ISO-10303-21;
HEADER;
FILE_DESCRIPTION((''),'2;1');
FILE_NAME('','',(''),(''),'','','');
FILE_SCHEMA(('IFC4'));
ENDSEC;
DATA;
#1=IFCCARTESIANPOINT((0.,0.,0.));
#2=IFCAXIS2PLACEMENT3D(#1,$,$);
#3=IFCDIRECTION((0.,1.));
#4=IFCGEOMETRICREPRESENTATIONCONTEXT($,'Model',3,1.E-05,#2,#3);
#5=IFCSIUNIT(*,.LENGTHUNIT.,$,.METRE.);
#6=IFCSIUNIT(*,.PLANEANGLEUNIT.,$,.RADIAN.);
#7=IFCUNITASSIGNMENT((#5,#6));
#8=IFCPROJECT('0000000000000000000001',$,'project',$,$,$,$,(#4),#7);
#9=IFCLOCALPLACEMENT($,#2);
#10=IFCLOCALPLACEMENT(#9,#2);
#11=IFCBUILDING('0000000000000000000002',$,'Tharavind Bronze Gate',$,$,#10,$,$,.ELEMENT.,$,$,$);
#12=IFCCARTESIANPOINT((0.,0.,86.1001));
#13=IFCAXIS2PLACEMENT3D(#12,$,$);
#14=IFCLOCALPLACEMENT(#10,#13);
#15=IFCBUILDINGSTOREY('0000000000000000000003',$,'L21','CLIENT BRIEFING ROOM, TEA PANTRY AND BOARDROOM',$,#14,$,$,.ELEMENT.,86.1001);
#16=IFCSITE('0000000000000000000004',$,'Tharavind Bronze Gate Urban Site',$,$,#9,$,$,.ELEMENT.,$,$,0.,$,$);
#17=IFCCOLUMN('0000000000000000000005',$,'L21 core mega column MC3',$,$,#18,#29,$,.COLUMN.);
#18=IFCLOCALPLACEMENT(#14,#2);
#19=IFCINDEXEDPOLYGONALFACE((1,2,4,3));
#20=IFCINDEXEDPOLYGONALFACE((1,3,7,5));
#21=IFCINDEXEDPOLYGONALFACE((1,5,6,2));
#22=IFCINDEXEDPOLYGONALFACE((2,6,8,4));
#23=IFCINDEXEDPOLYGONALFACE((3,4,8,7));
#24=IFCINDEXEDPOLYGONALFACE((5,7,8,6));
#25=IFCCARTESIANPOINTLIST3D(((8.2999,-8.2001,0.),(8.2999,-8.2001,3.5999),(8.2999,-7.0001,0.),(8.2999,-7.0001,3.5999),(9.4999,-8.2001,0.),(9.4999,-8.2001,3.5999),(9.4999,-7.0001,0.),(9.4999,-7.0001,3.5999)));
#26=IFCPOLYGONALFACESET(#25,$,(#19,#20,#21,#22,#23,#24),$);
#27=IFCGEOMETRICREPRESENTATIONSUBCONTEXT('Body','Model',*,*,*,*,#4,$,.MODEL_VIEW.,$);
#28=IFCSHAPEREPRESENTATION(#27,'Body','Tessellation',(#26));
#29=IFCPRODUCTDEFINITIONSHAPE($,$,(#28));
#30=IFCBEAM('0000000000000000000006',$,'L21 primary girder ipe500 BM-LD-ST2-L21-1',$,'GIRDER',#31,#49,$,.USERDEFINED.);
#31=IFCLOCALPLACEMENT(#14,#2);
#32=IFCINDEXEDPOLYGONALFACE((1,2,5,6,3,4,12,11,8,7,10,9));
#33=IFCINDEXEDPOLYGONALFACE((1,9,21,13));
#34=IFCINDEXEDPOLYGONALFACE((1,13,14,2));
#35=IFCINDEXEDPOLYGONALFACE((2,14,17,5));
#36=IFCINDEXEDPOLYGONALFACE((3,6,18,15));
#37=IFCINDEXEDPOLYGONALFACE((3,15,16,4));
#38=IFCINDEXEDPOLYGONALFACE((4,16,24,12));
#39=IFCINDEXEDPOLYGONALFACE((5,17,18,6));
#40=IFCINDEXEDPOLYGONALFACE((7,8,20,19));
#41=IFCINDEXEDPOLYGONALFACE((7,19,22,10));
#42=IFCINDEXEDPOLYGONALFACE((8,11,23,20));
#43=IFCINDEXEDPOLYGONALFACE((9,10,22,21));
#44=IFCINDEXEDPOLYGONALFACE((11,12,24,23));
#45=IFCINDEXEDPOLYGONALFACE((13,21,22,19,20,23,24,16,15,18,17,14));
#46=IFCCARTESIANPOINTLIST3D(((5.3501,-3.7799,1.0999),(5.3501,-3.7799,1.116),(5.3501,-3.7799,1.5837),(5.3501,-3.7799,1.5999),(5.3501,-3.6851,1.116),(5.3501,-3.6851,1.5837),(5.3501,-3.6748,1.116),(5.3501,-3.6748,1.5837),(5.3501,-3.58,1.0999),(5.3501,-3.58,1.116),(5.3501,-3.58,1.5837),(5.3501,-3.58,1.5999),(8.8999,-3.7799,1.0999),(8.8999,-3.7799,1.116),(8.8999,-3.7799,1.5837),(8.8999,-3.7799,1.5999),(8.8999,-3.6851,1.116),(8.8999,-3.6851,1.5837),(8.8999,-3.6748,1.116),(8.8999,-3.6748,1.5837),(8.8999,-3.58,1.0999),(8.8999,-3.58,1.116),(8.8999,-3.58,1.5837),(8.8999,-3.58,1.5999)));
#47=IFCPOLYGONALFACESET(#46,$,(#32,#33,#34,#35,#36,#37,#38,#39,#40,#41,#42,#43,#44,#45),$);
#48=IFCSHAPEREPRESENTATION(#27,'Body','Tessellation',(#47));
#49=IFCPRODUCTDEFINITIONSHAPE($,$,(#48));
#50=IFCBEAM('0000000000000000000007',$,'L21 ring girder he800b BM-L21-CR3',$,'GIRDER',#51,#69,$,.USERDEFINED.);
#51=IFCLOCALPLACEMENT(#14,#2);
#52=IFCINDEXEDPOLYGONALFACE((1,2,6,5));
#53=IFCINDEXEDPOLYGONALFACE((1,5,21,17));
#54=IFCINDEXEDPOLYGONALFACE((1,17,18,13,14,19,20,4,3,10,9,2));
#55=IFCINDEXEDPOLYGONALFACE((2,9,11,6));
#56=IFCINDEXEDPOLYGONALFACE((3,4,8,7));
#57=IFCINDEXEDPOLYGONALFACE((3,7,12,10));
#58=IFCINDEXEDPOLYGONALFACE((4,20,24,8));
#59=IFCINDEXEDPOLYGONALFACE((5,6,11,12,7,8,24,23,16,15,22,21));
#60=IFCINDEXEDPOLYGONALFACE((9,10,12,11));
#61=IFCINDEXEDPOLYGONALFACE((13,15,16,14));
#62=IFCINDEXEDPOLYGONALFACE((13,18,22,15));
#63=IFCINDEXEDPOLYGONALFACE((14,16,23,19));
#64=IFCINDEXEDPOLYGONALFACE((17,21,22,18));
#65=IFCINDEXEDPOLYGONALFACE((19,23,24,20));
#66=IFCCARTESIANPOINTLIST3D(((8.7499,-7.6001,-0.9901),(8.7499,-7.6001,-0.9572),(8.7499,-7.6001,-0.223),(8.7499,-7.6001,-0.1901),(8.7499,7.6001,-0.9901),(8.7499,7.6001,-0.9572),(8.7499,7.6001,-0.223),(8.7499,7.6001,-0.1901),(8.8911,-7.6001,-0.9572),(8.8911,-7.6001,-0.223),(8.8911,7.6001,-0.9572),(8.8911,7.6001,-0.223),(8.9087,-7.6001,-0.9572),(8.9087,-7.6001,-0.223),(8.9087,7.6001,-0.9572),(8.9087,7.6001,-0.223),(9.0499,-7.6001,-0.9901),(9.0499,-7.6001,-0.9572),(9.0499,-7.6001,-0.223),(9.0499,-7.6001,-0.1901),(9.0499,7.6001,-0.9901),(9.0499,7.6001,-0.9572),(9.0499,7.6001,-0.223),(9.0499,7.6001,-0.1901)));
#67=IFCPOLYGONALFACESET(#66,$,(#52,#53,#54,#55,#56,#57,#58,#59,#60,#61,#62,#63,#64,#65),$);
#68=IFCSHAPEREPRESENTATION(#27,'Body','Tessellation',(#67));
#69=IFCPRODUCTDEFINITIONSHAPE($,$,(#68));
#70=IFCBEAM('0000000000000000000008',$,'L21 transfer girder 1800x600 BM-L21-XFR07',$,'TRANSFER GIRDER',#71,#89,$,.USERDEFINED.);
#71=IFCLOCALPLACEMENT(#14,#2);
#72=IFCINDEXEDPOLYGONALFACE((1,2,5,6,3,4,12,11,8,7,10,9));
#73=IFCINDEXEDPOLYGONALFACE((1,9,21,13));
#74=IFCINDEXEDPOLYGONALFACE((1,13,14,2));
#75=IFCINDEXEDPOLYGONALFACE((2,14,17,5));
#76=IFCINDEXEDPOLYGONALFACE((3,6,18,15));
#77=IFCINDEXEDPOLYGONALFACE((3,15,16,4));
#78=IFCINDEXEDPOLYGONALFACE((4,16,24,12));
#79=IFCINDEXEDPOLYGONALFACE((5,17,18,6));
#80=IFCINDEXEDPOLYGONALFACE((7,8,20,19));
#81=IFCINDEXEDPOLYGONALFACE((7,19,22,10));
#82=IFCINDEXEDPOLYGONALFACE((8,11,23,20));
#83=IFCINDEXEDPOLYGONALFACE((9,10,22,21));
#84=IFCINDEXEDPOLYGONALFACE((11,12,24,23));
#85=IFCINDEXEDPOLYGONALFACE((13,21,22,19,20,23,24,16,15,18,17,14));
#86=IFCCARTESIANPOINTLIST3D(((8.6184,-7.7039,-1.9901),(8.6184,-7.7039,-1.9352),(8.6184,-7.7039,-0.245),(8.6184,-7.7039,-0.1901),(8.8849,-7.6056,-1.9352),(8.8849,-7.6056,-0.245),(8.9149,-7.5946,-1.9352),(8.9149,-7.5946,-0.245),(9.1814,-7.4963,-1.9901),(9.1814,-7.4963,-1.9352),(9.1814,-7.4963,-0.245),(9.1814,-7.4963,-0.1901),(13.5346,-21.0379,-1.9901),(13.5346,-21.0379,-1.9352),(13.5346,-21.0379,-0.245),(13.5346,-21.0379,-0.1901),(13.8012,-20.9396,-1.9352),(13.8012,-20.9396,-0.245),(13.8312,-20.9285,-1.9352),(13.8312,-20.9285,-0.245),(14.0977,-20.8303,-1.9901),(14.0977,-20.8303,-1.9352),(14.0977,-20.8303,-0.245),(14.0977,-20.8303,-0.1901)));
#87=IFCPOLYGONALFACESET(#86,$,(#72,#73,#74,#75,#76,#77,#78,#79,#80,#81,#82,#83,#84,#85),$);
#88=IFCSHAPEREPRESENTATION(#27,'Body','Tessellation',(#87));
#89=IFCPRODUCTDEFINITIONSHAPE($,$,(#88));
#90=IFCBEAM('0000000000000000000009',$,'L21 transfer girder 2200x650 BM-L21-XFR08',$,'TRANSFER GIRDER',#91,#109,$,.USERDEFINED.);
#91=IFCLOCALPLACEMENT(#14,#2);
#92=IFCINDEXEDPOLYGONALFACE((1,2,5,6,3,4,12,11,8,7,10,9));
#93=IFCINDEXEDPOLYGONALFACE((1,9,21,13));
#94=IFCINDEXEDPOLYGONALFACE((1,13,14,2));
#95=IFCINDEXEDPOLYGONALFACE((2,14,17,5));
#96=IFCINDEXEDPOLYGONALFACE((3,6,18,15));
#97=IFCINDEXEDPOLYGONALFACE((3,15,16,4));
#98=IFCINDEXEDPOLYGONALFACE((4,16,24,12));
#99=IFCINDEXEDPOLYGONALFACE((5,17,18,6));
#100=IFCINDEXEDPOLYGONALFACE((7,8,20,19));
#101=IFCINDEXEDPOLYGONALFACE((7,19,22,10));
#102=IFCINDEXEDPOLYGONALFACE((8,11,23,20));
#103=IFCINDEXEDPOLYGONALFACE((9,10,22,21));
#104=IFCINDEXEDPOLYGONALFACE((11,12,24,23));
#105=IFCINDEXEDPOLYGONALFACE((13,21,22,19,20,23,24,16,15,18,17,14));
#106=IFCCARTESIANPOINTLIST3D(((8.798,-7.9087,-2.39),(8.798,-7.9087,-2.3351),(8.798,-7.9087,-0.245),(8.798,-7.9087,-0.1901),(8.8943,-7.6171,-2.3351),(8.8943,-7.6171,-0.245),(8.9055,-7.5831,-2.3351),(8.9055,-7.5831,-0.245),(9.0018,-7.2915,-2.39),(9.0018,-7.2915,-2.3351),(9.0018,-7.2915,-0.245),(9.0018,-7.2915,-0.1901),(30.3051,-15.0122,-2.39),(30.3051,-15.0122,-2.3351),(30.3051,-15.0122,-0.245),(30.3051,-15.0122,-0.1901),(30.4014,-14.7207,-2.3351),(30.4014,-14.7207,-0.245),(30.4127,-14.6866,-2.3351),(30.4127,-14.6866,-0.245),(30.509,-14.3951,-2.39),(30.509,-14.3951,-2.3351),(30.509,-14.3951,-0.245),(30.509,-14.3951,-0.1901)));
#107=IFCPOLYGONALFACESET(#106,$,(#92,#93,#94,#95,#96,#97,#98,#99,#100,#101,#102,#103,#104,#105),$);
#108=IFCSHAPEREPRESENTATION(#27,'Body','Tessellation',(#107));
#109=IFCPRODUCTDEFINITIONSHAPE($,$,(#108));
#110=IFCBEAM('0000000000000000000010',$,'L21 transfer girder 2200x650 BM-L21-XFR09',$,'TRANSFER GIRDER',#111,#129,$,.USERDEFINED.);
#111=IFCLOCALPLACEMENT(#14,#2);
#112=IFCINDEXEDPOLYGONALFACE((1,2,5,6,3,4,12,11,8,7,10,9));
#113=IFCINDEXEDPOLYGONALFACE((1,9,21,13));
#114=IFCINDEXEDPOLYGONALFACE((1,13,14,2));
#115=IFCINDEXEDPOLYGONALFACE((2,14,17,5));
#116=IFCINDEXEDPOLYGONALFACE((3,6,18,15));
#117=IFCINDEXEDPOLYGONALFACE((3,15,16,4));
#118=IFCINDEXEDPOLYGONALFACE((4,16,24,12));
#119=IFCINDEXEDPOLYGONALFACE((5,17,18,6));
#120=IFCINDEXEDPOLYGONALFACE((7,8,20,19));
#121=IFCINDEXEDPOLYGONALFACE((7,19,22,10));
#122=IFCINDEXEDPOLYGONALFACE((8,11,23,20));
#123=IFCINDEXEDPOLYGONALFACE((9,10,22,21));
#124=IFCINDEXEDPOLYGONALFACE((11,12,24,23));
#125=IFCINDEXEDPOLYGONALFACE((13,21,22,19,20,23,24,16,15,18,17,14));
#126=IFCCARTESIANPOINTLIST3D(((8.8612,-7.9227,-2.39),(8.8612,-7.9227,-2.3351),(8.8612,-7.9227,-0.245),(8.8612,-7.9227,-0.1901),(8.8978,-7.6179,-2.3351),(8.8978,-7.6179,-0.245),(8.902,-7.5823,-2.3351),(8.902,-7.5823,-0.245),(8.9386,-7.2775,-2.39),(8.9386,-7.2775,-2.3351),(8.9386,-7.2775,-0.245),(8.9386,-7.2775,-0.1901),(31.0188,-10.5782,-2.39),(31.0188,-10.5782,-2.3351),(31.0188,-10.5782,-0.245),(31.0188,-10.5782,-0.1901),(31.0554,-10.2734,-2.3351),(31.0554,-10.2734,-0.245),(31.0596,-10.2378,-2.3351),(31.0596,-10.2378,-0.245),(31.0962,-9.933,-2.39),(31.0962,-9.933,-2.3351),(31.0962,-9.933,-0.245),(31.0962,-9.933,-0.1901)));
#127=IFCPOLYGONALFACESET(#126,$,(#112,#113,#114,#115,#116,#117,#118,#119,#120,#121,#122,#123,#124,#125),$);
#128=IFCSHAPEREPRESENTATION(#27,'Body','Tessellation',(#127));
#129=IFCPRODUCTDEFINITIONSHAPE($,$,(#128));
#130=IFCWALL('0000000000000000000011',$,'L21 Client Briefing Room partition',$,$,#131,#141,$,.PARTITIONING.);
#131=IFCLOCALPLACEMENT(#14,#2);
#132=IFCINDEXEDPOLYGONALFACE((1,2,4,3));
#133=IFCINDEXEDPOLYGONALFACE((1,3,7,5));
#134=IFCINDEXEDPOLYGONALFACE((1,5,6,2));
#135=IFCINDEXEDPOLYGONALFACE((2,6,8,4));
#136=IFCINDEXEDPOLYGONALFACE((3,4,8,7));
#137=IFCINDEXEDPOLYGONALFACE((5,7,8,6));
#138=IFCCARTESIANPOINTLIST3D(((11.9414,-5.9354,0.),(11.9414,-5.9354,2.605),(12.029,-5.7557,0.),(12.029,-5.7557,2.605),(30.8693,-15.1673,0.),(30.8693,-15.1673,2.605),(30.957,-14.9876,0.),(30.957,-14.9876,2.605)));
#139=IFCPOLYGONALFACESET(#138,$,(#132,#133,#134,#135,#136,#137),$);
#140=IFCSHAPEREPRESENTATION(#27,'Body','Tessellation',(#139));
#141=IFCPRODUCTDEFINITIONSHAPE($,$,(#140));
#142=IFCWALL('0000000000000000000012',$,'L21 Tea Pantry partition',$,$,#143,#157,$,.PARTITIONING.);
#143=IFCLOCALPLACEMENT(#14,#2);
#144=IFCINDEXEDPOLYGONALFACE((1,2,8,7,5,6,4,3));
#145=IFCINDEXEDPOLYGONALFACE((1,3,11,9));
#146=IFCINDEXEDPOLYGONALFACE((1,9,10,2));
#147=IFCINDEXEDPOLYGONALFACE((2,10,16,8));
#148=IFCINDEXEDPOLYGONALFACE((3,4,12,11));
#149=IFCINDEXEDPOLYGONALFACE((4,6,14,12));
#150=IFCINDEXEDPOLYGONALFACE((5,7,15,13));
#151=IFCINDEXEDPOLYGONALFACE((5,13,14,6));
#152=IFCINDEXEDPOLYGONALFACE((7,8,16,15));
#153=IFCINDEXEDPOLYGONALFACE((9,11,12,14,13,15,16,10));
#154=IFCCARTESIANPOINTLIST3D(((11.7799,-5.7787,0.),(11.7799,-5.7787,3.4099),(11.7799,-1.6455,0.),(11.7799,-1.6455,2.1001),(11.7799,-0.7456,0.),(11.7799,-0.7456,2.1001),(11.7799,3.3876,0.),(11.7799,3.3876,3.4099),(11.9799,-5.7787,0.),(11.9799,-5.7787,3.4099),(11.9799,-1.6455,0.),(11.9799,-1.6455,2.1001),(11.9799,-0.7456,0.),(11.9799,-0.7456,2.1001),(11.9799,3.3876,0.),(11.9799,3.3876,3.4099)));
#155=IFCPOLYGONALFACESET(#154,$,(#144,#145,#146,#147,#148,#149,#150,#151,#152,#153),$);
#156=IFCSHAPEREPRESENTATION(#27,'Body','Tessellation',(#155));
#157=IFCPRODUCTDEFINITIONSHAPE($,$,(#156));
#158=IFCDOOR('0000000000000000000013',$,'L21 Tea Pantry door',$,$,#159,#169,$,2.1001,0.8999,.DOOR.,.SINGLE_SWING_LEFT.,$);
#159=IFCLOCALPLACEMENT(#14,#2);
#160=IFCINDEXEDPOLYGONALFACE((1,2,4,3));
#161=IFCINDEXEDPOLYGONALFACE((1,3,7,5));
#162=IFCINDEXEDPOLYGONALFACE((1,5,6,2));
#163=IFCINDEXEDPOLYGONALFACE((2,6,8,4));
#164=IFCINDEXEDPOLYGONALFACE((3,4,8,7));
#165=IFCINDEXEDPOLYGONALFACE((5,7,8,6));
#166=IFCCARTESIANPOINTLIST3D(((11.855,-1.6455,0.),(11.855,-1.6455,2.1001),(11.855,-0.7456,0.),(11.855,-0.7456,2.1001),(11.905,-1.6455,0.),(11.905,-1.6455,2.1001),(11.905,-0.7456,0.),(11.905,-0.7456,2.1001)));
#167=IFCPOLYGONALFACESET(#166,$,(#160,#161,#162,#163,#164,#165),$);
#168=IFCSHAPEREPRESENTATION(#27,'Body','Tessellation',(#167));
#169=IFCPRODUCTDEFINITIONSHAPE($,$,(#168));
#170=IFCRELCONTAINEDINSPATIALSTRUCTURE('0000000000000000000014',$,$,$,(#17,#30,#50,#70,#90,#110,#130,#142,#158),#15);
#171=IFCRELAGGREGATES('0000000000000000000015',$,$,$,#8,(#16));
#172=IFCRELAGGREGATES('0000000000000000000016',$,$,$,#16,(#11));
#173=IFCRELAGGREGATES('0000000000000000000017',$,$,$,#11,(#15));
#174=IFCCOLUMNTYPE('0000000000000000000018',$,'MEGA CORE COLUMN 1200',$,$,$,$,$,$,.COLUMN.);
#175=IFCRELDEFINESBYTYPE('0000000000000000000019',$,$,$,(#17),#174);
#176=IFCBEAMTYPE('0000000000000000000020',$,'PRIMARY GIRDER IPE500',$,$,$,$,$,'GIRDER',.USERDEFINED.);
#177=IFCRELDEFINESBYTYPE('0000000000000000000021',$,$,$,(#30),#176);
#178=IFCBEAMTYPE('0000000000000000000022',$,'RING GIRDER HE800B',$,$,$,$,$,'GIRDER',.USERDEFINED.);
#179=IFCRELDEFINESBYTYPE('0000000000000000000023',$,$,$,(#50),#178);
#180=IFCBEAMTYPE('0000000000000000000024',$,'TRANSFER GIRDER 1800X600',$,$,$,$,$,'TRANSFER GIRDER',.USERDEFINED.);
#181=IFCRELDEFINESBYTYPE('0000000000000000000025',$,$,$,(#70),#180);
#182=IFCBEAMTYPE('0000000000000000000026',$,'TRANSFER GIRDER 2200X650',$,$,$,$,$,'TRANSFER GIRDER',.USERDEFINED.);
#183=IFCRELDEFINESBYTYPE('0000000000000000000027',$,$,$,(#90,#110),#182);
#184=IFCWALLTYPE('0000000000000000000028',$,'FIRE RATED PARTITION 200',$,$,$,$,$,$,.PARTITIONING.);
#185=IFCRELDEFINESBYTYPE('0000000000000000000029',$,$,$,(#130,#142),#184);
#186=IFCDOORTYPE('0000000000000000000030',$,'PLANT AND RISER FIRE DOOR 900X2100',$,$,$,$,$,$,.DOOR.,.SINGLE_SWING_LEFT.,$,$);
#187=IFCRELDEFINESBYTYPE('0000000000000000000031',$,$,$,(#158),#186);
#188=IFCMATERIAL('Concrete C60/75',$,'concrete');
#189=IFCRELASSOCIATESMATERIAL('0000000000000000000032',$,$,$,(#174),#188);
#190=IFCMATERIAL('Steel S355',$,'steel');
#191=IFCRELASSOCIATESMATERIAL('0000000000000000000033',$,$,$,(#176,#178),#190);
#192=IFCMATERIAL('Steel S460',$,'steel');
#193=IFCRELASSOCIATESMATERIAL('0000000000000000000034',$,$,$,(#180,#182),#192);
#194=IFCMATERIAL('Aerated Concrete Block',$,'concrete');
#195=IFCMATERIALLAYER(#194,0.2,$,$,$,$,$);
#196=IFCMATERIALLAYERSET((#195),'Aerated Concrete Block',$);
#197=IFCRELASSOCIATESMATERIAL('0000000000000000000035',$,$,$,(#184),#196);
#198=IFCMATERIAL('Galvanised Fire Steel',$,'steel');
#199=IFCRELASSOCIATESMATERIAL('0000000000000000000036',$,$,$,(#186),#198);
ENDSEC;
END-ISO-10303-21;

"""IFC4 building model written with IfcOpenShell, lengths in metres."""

from ifc_helpers import new_model, si_unit, direction, frame, frame_2d, origin, origin_2d, place, context, subcontext, project, spatial, rectangle, i_section, extrude, material, layer, layer_set, material_profile, profile_set, type_object, element, fill, save


model = new_model("IFC4")

# Units and contexts
model_context = context("Model", 3, precision=1e-05, world=origin(), true_north=direction((0.0, 1.0)))
body_context = subcontext(model_context, "Body", "Model", "MODEL_VIEW")
ifc_project = project(units=[si_unit("LENGTHUNIT", "METRE"), si_unit("PLANEANGLEUNIT", "RADIAN")], contexts=[model_context])

# Site, building, storey
site_placement = place(None, origin())
site = spatial("IfcSite", under=ifc_project, at=site_placement, Name="Tharavind Bronze Gate Urban Site", CompositionType="ELEMENT", RefElevation=0.0)
building_placement = place(site_placement, origin())
building = spatial("IfcBuilding", under=site, at=building_placement, Name="Tharavind Bronze Gate", CompositionType="ELEMENT")
storey_placement = place(building_placement, frame((0.0, 0.0, 86.1001)))
storey = spatial("IfcBuildingStorey", under=building, at=storey_placement, Name="L21", Description="CLIENT BRIEFING ROOM, TEA PANTRY AND BOARDROOM", CompositionType="ELEMENT", Elevation=86.1001)

# Column
ifc_material_1 = material(Name="Concrete C60/75", Category="concrete")
ifc_material_profile_1 = material_profile(ifc_material_1, rectangle(XDim=1.2, YDim=1.2, at=origin_2d()), Name="RCCOL1200")
ifc_profile_set_1 = profile_set([ifc_material_profile_1], Name="Concrete C60/75")
column_type = type_object("IfcColumnType", Name="MEGA CORE COLUMN 1200", PredefinedType="COLUMN", material=ifc_profile_set_1)
column_placement = place(storey_placement, frame((8.8999, -7.6001, 0.0), z_axis=(0.0, 0.0, 1.0), x_axis=(1.0, 0.0, 0.0)))
element("IfcColumn", 1, at=column_placement, inside=storey, type_object=column_type, Name="L21 core mega column MC3", PredefinedType="COLUMN", context=body_context, shape_type="SweptSolid", body=[
    extrude(rectangle(XDim=1.2, YDim=1.2, at=origin_2d()), origin(), (0.0, 0.0, 1.0), 3.5999),
])

# Beams
ifc_material_2 = material(Name="Steel S355", Category="steel")
ifc_material_profile_2 = material_profile(ifc_material_2, i_section(OverallWidth=0.2, OverallDepth=0.5, WebThickness=0.0103, FlangeThickness=0.0161, at=origin_2d()), Name="IPE500")
ifc_profile_set_2 = profile_set([ifc_material_profile_2], Name="Steel S355")
beam_type_1 = type_object("IfcBeamType", Name="PRIMARY GIRDER IPE500", ElementType="GIRDER", PredefinedType="USERDEFINED", material=ifc_profile_set_2)
beam_1_placement = place(storey_placement, frame((5.3501, -3.6799, 1.3499), z_axis=(1.0, 0.0, 0.0), x_axis=(0.0, 1.0, 0.0)))
element("IfcBeam", 2, at=beam_1_placement, inside=storey, type_object=beam_type_1, Name="L21 primary girder ipe500 BM-LD-ST2-L21-1", ObjectType="GIRDER", PredefinedType="USERDEFINED", context=body_context, shape_type="SweptSolid", body=[
    extrude(i_section(OverallWidth=0.2, OverallDepth=0.5, WebThickness=0.0103, FlangeThickness=0.0161, at=origin_2d()), origin(), (0.0, 0.0, 1.0), 3.5498),
])
ifc_material_profile_3 = material_profile(ifc_material_2, i_section(OverallWidth=0.3, OverallDepth=0.8, WebThickness=0.0176, FlangeThickness=0.033, at=origin_2d()), Name="HE800B")
ifc_profile_set_3 = profile_set([ifc_material_profile_3], Name="Steel S355")
beam_type_2 = type_object("IfcBeamType", Name="RING GIRDER HE800B", ElementType="GIRDER", PredefinedType="USERDEFINED", material=ifc_profile_set_3)
beam_2_placement = place(storey_placement, frame((8.8999, -7.6001, -0.5901), z_axis=(0.0, 1.0, 0.0), x_axis=(-1.0, 0.0, 0.0)))
element("IfcBeam", 3, at=beam_2_placement, inside=storey, type_object=beam_type_2, Name="L21 ring girder he800b BM-L21-CR3", ObjectType="GIRDER", PredefinedType="USERDEFINED", context=body_context, shape_type="SweptSolid", body=[
    extrude(i_section(OverallWidth=0.3, OverallDepth=0.8, WebThickness=0.0176, FlangeThickness=0.033, at=origin_2d()), origin(), (0.0, 0.0, 1.0), 15.2002),
])
ifc_material_3 = material(Name="Steel S460", Category="steel")
ifc_material_profile_4 = material_profile(ifc_material_3, i_section(OverallWidth=0.6001, OverallDepth=1.8, WebThickness=0.032, FlangeThickness=0.0549, at=origin_2d()), Name="PG1800X600")
ifc_profile_set_4 = profile_set([ifc_material_profile_4], Name="Steel S460")
beam_type_3 = type_object("IfcBeamType", Name="TRANSFER GIRDER 1800X600", ElementType="TRANSFER GIRDER", PredefinedType="USERDEFINED", material=ifc_profile_set_4)
beam_3_placement = place(storey_placement, frame((8.8999, -7.6001, -1.0901), z_axis=(0.345937, -0.938258, 0.0), x_axis=(0.938258, 0.345937, 0.0)))
element("IfcBeam", 4, at=beam_3_placement, inside=storey, type_object=beam_type_3, Name="L21 transfer girder 1800x600 BM-L21-XFR07", ObjectType="TRANSFER GIRDER", PredefinedType="USERDEFINED", context=body_context, shape_type="SweptSolid", body=[
    extrude(i_section(OverallWidth=0.6001, OverallDepth=1.8, WebThickness=0.032, FlangeThickness=0.0549, at=origin_2d()), origin(), (0.0, 0.0, 1.0), 14.2114),
])
ifc_material_profile_5 = material_profile(ifc_material_3, i_section(OverallWidth=0.6499, OverallDepth=2.2, WebThickness=0.0359, FlangeThickness=0.0549, at=origin_2d()), Name="PG2200X650")
ifc_profile_set_5 = profile_set([ifc_material_profile_5], Name="Steel S460")
beam_type_4 = type_object("IfcBeamType", Name="TRANSFER GIRDER 2200X650", ElementType="TRANSFER GIRDER", PredefinedType="USERDEFINED", material=ifc_profile_set_5)
beam_4_placement = place(storey_placement, frame((8.8999, -7.6001, -1.29), z_axis=(0.949547, -0.313623, 0.0), x_axis=(0.313623, 0.949547, 0.0)))
element("IfcBeam", 5, at=beam_4_placement, inside=storey, type_object=beam_type_4, Name="L21 transfer girder 2200x650 BM-L21-XFR08", ObjectType="TRANSFER GIRDER", PredefinedType="USERDEFINED", context=body_context, shape_type="SweptSolid", body=[
    extrude(i_section(OverallWidth=0.6499, OverallDepth=2.2, WebThickness=0.0359, FlangeThickness=0.0549, at=origin_2d()), origin(), (0.0, 0.0, 1.0), 22.6499),
])
beam_5_placement = place(storey_placement, frame((8.8999, -7.6001, -1.29), z_axis=(0.992895, -0.118995, 0.0), x_axis=(0.118995, 0.992895, 0.0)))
element("IfcBeam", 6, at=beam_5_placement, inside=storey, type_object=beam_type_4, Name="L21 transfer girder 2200x650 BM-L21-XFR09", ObjectType="TRANSFER GIRDER", PredefinedType="USERDEFINED", context=body_context, shape_type="SweptSolid", body=[
    extrude(i_section(OverallWidth=0.6499, OverallDepth=2.2, WebThickness=0.0359, FlangeThickness=0.0549, at=origin_2d()), origin(), (0.0, 0.0, 1.0), 22.3162),
])

# Wall
ifc_material_4 = material(Name="Aerated Concrete Block", Category="concrete")
ifc_layer_1 = layer(ifc_material_4, 0.2)
ifc_layer_set_1 = layer_set([ifc_layer_1], Name="Aerated Concrete Block")
wall_type_1 = type_object("IfcWallType", Name="FIRE RATED PARTITION 200", PredefinedType="PARTITIONING", material=ifc_layer_set_1)
wall_1_placement = place(storey_placement, frame((11.9851, -5.8455, 0.0), z_axis=(0.0, 0.0, 1.0), x_axis=(0.898791, -0.438377, 0.0)))
element("IfcWall", 7, at=wall_1_placement, inside=storey, type_object=wall_type_1, Name="L21 Client Briefing Room partition", PredefinedType="PARTITIONING", context=body_context, shape_type="SweptSolid", body=[
    extrude(rectangle(XDim=21.0593, YDim=0.2, at=frame_2d((10.5298, 0.0))), origin(), (0.0, 0.0, 1.0), 2.605),
])

# Wall, opening, door
wall_2_placement = place(storey_placement, frame((11.8799, -5.7786, 0.0), z_axis=(0.0, 0.0, 1.0), x_axis=(0.0, 1.0, 0.0)))
wall_2 = element("IfcWall", 8, at=wall_2_placement, inside=storey, type_object=wall_type_1, Name="L21 Tea Pantry partition", PredefinedType="PARTITIONING", context=body_context, shape_type="SweptSolid", body=[
    extrude(rectangle(XDim=9.1663, YDim=0.2, at=frame_2d((4.583, 0.0))), origin(), (0.0, 0.0, 1.0), 3.4099),
])
opening_1_placement = place(wall_2_placement, frame((4.1331, 0.0, 0.0)))
opening_1 = element("IfcOpeningElement", 9, at=opening_1_placement, cuts=wall_2, PredefinedType="OPENING", context=body_context, shape_type="SweptSolid", body=[
    extrude(rectangle(XDim=0.8999, YDim=2.1001, at=frame_2d((0.45, 1.05))), frame((0.0, 0.1101, 0.0), z_axis=(0.0, -1.0, 0.0), x_axis=(1.0, 0.0, 0.0)), (0.0, 0.0, 1.0), 0.22),
])
ifc_material_5 = material(Name="Galvanised Fire Steel", Category="steel")
door_type_1 = type_object("IfcDoorType", Name="PLANT AND RISER FIRE DOOR 900X2100", OperationType="SINGLE_SWING_LEFT", PredefinedType="DOOR", material=ifc_material_5)
door_1_placement = place(opening_1_placement, origin())
door_1 = element("IfcDoor", 10, at=door_1_placement, inside=storey, type_object=door_type_1, Name="L21 Tea Pantry door", OperationType="SINGLE_SWING_LEFT", OverallHeight=2.1001, OverallWidth=0.8999, PredefinedType="DOOR", context=body_context, shape_type="SweptSolid", body=[
    extrude(rectangle(XDim=0.8999, YDim=2.1001, at=frame_2d((0.45, 1.05))), frame((0.0, 0.0249, 0.0), z_axis=(0.0, -1.0, 0.0), x_axis=(1.0, 0.0, 0.0)), (0.0, 0.0, 1.0), 0.05),
])
fill(opening_1, door_1)

save(model, "model.ifc")
